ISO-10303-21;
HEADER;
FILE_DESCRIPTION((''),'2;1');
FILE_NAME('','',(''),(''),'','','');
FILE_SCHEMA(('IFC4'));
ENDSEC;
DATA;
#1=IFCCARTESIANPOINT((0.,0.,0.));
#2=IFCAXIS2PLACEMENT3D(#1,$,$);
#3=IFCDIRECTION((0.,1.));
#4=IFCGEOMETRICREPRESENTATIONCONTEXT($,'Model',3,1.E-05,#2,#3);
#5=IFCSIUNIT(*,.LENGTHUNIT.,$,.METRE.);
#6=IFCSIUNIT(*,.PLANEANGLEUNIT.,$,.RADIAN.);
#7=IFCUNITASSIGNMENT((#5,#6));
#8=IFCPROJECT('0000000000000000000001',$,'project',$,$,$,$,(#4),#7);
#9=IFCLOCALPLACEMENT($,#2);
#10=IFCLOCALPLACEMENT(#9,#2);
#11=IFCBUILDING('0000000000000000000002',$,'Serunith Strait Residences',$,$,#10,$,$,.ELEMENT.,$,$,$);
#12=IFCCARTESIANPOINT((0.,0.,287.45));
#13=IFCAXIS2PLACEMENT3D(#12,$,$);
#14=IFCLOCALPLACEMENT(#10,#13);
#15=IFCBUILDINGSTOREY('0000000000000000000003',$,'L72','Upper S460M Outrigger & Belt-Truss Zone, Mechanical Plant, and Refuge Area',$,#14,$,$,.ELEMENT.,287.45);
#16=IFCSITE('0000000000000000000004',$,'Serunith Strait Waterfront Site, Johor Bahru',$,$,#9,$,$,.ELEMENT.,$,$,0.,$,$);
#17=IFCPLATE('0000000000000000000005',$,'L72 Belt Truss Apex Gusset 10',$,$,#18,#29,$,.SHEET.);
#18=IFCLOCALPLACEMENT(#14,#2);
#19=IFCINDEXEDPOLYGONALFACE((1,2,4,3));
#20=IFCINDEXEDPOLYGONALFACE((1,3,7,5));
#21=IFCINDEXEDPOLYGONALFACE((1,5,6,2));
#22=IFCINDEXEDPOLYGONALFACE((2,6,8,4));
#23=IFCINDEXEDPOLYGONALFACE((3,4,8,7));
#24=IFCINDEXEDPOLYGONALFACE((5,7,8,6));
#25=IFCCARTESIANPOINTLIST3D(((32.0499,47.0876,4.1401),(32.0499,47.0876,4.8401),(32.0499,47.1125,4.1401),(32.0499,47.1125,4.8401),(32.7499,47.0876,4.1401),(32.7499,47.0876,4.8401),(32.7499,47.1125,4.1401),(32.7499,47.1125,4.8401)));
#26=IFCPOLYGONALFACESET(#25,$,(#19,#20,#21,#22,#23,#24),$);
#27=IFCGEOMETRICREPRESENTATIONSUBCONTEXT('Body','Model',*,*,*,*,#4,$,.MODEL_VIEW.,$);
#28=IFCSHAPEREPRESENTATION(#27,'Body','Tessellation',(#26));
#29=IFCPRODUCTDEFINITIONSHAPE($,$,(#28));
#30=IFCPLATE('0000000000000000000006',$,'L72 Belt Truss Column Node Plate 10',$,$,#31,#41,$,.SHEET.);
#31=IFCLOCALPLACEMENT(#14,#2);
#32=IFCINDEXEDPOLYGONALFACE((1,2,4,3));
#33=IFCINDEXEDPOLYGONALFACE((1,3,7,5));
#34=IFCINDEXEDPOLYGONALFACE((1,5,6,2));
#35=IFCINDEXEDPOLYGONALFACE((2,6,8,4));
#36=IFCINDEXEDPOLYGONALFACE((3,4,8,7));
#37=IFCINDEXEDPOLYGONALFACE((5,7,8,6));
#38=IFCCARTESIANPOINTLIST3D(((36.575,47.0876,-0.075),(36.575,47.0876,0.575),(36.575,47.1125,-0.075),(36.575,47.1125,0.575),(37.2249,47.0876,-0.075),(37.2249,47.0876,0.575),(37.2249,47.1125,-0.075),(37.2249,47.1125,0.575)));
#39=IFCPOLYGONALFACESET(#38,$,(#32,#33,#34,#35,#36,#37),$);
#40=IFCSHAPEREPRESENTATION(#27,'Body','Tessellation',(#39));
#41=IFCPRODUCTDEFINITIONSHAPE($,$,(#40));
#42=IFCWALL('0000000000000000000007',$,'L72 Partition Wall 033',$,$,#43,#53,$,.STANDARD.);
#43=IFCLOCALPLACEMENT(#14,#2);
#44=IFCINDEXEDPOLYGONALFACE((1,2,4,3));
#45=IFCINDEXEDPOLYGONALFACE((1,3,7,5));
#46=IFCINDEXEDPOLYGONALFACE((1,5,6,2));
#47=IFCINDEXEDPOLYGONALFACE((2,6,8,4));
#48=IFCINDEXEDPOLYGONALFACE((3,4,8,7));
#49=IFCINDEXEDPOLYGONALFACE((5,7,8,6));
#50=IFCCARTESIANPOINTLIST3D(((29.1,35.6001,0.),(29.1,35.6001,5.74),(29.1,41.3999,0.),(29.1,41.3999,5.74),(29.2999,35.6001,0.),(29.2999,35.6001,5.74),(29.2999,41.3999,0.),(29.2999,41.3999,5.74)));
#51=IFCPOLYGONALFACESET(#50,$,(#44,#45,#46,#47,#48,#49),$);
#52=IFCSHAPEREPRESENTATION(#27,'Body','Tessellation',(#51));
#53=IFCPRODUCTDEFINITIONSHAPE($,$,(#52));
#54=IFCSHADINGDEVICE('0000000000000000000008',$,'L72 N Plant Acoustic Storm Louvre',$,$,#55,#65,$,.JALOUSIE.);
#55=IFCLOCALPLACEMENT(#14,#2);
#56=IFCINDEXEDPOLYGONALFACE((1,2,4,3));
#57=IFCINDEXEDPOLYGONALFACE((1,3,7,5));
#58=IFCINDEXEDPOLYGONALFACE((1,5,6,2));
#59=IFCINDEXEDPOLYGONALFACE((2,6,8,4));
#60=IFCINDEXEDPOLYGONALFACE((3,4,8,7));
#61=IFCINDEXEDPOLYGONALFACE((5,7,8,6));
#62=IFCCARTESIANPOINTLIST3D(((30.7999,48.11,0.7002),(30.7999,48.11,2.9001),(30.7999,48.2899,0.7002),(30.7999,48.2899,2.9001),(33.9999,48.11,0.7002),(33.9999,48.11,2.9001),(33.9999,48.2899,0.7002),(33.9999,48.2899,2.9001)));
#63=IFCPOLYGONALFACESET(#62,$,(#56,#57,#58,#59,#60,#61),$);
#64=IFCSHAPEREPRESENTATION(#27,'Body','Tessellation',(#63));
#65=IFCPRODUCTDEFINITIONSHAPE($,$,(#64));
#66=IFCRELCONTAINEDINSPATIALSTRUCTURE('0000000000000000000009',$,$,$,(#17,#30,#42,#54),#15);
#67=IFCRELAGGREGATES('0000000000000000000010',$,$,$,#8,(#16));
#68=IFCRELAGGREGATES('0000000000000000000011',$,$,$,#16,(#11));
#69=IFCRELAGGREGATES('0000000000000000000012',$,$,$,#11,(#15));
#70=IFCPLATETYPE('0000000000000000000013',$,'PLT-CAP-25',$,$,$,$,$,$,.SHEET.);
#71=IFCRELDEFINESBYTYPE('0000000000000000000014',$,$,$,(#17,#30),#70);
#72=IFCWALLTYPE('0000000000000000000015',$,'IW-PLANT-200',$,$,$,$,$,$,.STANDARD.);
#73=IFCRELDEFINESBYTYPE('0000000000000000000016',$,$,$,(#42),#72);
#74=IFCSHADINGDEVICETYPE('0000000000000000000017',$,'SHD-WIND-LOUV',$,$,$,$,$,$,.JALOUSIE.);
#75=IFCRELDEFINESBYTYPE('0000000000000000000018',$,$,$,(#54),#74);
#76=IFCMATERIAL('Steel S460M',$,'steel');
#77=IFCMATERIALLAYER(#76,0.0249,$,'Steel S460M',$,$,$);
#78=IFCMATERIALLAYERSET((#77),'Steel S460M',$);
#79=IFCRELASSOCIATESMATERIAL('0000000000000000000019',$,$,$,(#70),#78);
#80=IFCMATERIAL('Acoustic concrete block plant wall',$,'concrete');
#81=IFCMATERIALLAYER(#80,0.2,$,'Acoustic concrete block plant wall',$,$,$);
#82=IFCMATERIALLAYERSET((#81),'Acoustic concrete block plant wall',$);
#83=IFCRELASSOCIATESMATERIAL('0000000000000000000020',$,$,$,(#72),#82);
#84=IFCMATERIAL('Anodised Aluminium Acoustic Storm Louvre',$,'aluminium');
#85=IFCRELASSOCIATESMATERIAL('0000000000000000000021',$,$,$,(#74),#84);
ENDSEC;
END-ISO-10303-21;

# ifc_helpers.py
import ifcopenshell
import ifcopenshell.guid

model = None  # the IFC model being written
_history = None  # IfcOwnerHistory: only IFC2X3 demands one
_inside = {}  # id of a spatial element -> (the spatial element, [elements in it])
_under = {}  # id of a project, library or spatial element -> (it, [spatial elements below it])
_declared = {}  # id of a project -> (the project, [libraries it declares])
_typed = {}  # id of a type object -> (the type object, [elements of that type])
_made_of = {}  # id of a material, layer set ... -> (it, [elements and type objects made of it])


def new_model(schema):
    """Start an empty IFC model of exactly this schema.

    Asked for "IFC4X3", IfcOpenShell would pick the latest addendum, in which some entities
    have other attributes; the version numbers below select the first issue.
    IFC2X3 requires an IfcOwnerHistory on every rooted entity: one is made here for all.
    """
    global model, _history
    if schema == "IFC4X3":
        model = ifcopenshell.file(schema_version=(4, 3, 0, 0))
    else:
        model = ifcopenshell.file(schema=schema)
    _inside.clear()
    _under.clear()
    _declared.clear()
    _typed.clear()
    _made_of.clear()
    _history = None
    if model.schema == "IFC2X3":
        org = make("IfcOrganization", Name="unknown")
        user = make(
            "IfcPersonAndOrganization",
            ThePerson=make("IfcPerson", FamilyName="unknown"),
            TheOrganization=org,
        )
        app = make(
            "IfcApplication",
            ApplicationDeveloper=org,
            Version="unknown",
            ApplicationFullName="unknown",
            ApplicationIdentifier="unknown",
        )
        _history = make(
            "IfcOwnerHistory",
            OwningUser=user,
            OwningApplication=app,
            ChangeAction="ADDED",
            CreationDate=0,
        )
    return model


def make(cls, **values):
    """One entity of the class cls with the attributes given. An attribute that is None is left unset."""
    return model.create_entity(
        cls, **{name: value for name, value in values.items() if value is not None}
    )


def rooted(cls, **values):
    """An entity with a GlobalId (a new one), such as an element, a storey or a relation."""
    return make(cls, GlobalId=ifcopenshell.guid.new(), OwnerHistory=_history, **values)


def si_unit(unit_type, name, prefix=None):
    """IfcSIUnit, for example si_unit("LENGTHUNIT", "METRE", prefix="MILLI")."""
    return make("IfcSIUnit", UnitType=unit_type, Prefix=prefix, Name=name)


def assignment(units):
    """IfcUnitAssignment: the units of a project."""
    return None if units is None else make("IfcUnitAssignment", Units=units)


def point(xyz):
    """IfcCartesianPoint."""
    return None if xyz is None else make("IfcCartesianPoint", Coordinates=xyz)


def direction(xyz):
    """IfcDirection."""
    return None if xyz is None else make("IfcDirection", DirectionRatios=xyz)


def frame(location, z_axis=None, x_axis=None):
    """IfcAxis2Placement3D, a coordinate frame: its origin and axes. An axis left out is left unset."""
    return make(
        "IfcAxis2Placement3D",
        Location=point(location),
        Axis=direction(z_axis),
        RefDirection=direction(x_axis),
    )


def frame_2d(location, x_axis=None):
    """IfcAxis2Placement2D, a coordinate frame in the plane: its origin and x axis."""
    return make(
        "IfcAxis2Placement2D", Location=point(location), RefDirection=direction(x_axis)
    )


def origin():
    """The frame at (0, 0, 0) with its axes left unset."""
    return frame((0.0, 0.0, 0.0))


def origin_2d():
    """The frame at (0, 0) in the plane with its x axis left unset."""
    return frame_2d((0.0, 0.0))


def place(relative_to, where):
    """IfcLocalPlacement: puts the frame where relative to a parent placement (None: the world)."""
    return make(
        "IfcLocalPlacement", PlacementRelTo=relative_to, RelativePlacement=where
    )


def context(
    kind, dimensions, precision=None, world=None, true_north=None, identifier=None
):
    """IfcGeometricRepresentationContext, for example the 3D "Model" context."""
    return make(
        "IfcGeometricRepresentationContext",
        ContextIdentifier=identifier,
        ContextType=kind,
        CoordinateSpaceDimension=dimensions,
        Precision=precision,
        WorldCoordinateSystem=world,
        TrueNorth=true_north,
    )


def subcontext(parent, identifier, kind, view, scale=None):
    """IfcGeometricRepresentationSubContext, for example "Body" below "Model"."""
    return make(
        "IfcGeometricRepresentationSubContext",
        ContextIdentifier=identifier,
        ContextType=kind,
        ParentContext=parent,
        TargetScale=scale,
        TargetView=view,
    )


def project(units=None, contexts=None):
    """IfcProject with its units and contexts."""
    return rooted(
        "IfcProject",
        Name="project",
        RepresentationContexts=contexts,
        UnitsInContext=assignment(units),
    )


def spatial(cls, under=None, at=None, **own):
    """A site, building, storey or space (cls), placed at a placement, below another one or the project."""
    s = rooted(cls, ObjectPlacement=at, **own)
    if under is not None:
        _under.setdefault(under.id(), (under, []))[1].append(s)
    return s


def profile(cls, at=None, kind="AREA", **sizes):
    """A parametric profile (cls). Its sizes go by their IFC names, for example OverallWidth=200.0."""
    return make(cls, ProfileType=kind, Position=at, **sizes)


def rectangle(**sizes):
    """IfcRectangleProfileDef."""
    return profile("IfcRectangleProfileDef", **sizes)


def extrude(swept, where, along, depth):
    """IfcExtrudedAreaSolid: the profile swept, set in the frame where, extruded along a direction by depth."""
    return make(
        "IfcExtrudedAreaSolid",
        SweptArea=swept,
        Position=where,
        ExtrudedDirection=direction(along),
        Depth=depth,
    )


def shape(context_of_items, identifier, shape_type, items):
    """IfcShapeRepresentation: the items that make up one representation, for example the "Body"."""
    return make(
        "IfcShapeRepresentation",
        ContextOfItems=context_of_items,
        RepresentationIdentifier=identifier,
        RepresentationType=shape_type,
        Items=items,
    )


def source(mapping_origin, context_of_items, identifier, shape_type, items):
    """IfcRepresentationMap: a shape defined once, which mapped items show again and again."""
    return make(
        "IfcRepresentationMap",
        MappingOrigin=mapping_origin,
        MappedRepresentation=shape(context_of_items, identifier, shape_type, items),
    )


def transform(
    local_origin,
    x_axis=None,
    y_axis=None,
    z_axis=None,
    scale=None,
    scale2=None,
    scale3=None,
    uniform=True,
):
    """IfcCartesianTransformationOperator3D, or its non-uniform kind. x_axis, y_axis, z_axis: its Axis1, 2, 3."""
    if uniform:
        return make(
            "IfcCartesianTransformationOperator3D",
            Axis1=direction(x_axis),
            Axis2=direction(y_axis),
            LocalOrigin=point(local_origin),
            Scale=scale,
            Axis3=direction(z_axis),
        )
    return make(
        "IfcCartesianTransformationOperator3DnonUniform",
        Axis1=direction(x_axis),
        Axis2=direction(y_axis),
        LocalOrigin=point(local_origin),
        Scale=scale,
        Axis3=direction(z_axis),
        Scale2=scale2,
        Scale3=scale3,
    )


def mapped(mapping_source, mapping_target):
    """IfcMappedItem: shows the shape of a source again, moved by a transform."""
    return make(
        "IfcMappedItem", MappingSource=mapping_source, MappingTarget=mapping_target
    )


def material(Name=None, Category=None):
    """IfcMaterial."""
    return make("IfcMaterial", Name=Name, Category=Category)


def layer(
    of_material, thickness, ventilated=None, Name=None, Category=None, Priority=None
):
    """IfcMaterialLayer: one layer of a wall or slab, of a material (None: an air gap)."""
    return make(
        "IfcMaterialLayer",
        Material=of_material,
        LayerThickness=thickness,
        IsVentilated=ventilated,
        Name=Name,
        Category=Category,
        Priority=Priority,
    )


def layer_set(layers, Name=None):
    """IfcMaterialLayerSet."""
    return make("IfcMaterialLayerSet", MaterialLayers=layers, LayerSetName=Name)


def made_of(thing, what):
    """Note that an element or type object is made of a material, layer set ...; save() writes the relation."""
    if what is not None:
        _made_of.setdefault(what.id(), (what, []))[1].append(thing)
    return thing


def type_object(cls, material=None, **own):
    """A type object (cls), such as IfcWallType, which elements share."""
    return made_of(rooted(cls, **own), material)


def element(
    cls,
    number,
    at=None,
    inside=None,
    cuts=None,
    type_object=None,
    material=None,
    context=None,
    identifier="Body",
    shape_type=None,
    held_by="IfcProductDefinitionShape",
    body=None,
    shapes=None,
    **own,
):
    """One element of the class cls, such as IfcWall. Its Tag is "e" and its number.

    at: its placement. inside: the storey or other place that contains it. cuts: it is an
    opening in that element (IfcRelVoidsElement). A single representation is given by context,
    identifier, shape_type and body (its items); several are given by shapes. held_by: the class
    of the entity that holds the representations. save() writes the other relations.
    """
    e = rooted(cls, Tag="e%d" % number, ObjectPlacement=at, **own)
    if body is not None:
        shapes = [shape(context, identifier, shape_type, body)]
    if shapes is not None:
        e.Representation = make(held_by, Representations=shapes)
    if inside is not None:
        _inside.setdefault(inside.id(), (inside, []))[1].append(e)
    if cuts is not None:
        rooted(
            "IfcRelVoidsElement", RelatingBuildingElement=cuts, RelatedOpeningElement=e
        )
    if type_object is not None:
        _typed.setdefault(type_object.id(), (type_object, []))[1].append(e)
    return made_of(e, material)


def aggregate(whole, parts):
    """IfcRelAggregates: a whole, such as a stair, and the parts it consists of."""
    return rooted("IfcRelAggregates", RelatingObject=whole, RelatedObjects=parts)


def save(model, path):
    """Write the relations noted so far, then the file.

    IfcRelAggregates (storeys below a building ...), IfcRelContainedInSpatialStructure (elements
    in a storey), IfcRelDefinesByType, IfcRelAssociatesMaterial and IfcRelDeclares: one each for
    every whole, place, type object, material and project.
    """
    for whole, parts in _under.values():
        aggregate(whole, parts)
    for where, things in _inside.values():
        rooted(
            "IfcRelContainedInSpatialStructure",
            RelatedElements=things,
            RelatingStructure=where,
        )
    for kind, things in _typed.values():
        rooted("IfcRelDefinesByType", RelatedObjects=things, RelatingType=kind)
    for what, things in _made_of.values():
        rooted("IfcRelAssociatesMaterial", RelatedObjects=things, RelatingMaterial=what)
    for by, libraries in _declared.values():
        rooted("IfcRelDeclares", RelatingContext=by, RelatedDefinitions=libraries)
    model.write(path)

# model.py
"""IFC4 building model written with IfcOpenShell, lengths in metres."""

from ifc_helpers import new_model, si_unit, direction, frame, frame_2d, origin, origin_2d, place, context, subcontext, project, spatial, rectangle, extrude, source, transform, mapped, material, layer, layer_set, type_object, element, save


model = new_model("IFC4")

# Units and contexts
model_context = context("Model", 3, precision=1e-05, world=origin(), true_north=direction((0.0, 1.0)))
body_context = subcontext(model_context, "Body", "Model", "MODEL_VIEW")
ifc_project = project(units=[si_unit("LENGTHUNIT", "METRE"), si_unit("PLANEANGLEUNIT", "RADIAN")], contexts=[model_context])

# Site, building, storey
site_placement = place(None, origin())
site = spatial("IfcSite", under=ifc_project, at=site_placement, Name="Serunith Strait Waterfront Site, Johor Bahru", CompositionType="ELEMENT", RefElevation=0.0)
building_placement = place(site_placement, origin())
building = spatial("IfcBuilding", under=site, at=building_placement, Name="Serunith Strait Residences", CompositionType="ELEMENT")
storey_placement = place(building_placement, frame((0.0, 0.0, 287.45)))
storey = spatial("IfcBuildingStorey", under=building, at=storey_placement, Name="L72", Description="Upper S460M Outrigger & Belt-Truss Zone, Mechanical Plant, and Refuge Area", CompositionType="ELEMENT", Elevation=287.45)

# Shared definitions
ifc_material_1 = material(Name="Steel S460M", Category="steel")

# Plates
ifc_layer_1 = layer(ifc_material_1, 0.0249, Name="Steel S460M")
ifc_layer_set_1 = layer_set([ifc_layer_1], Name="Steel S460M")
plate_type_1 = type_object("IfcPlateType", Name="PLT-CAP-25", PredefinedType="SHEET", material=ifc_layer_set_1)
shared_shape_1 = source(origin(), body_context, "Body", "SweptSolid", [
    extrude(rectangle(XDim=0.7, YDim=0.0249, at=origin_2d()), origin(), (0.0, 0.0, 1.0), 0.7),
])
plate_1_placement = place(storey_placement, frame((32.3999, 47.1001, 4.1401), z_axis=(0.0, 0.0, 1.0), x_axis=(-1.0, 0.0, 0.0)))
element("IfcPlate", 1, at=plate_1_placement, inside=storey, type_object=plate_type_1, Name="L72 Belt Truss Apex Gusset 10", PredefinedType="SHEET", context=body_context, shape_type="MappedRepresentation", body=[
    mapped(shared_shape_1, transform((0.0, 0.0, 0.0), scale=1.0)),
])
shared_shape_2 = source(origin(), body_context, "Body", "SweptSolid", [
    extrude(rectangle(XDim=0.6499, YDim=0.0249, at=origin_2d()), origin(), (0.0, 0.0, 1.0), 0.6499),
])
plate_2_placement = place(storey_placement, frame((36.8999, 47.1001, -0.075), z_axis=(0.0, 0.0, 1.0), x_axis=(-1.0, 0.0, 0.0)))
element("IfcPlate", 2, at=plate_2_placement, inside=storey, type_object=plate_type_1, Name="L72 Belt Truss Column Node Plate 10", PredefinedType="SHEET", context=body_context, shape_type="MappedRepresentation", body=[
    mapped(shared_shape_2, transform((0.0, 0.0, 0.0), scale=1.0)),
])

# Wall
ifc_material_2 = material(Name="Acoustic concrete block plant wall", Category="concrete")
ifc_layer_2 = layer(ifc_material_2, 0.2, Name="Acoustic concrete block plant wall")
ifc_layer_set_2 = layer_set([ifc_layer_2], Name="Acoustic concrete block plant wall")
wall_type = type_object("IfcWallType", Name="IW-PLANT-200", PredefinedType="STANDARD", material=ifc_layer_set_2)
wall_placement = place(storey_placement, frame((29.2, 35.6001, 0.0), z_axis=(0.0, 0.0, 1.0), x_axis=(0.0, 1.0, 0.0)))
element("IfcWall", 3, at=wall_placement, inside=storey, type_object=wall_type, Name="L72 Partition Wall 033", PredefinedType="STANDARD", context=body_context, shape_type="SweptSolid", body=[
    extrude(rectangle(XDim=5.7998, YDim=0.2, at=frame_2d((2.8999, 0.0))), origin(), (0.0, 0.0, 1.0), 5.74),
])

# Shading device
ifc_material_3 = material(Name="Anodised Aluminium Acoustic Storm Louvre", Category="aluminium")
shading_device_type = type_object("IfcShadingDeviceType", Name="SHD-WIND-LOUV", PredefinedType="JALOUSIE", material=ifc_material_3)
shared_shape_3 = source(origin(), body_context, "Body", "SweptSolid", [
    extrude(rectangle(XDim=3.2, YDim=0.1799, at=origin_2d()), origin(), (0.0, 0.0, 1.0), 2.2),
])
shading_device_placement = place(storey_placement, frame((32.3999, 48.2, 0.7002), z_axis=(0.0, 0.0, 1.0), x_axis=(1.0, 0.0, 0.0)))
element("IfcShadingDevice", 4, at=shading_device_placement, inside=storey, type_object=shading_device_type, Name="L72 N Plant Acoustic Storm Louvre", PredefinedType="JALOUSIE", context=body_context, shape_type="MappedRepresentation", body=[
    mapped(shared_shape_3, transform((0.0, 0.0, 0.0), scale=1.0)),
])

save(model, "model.ifc")
